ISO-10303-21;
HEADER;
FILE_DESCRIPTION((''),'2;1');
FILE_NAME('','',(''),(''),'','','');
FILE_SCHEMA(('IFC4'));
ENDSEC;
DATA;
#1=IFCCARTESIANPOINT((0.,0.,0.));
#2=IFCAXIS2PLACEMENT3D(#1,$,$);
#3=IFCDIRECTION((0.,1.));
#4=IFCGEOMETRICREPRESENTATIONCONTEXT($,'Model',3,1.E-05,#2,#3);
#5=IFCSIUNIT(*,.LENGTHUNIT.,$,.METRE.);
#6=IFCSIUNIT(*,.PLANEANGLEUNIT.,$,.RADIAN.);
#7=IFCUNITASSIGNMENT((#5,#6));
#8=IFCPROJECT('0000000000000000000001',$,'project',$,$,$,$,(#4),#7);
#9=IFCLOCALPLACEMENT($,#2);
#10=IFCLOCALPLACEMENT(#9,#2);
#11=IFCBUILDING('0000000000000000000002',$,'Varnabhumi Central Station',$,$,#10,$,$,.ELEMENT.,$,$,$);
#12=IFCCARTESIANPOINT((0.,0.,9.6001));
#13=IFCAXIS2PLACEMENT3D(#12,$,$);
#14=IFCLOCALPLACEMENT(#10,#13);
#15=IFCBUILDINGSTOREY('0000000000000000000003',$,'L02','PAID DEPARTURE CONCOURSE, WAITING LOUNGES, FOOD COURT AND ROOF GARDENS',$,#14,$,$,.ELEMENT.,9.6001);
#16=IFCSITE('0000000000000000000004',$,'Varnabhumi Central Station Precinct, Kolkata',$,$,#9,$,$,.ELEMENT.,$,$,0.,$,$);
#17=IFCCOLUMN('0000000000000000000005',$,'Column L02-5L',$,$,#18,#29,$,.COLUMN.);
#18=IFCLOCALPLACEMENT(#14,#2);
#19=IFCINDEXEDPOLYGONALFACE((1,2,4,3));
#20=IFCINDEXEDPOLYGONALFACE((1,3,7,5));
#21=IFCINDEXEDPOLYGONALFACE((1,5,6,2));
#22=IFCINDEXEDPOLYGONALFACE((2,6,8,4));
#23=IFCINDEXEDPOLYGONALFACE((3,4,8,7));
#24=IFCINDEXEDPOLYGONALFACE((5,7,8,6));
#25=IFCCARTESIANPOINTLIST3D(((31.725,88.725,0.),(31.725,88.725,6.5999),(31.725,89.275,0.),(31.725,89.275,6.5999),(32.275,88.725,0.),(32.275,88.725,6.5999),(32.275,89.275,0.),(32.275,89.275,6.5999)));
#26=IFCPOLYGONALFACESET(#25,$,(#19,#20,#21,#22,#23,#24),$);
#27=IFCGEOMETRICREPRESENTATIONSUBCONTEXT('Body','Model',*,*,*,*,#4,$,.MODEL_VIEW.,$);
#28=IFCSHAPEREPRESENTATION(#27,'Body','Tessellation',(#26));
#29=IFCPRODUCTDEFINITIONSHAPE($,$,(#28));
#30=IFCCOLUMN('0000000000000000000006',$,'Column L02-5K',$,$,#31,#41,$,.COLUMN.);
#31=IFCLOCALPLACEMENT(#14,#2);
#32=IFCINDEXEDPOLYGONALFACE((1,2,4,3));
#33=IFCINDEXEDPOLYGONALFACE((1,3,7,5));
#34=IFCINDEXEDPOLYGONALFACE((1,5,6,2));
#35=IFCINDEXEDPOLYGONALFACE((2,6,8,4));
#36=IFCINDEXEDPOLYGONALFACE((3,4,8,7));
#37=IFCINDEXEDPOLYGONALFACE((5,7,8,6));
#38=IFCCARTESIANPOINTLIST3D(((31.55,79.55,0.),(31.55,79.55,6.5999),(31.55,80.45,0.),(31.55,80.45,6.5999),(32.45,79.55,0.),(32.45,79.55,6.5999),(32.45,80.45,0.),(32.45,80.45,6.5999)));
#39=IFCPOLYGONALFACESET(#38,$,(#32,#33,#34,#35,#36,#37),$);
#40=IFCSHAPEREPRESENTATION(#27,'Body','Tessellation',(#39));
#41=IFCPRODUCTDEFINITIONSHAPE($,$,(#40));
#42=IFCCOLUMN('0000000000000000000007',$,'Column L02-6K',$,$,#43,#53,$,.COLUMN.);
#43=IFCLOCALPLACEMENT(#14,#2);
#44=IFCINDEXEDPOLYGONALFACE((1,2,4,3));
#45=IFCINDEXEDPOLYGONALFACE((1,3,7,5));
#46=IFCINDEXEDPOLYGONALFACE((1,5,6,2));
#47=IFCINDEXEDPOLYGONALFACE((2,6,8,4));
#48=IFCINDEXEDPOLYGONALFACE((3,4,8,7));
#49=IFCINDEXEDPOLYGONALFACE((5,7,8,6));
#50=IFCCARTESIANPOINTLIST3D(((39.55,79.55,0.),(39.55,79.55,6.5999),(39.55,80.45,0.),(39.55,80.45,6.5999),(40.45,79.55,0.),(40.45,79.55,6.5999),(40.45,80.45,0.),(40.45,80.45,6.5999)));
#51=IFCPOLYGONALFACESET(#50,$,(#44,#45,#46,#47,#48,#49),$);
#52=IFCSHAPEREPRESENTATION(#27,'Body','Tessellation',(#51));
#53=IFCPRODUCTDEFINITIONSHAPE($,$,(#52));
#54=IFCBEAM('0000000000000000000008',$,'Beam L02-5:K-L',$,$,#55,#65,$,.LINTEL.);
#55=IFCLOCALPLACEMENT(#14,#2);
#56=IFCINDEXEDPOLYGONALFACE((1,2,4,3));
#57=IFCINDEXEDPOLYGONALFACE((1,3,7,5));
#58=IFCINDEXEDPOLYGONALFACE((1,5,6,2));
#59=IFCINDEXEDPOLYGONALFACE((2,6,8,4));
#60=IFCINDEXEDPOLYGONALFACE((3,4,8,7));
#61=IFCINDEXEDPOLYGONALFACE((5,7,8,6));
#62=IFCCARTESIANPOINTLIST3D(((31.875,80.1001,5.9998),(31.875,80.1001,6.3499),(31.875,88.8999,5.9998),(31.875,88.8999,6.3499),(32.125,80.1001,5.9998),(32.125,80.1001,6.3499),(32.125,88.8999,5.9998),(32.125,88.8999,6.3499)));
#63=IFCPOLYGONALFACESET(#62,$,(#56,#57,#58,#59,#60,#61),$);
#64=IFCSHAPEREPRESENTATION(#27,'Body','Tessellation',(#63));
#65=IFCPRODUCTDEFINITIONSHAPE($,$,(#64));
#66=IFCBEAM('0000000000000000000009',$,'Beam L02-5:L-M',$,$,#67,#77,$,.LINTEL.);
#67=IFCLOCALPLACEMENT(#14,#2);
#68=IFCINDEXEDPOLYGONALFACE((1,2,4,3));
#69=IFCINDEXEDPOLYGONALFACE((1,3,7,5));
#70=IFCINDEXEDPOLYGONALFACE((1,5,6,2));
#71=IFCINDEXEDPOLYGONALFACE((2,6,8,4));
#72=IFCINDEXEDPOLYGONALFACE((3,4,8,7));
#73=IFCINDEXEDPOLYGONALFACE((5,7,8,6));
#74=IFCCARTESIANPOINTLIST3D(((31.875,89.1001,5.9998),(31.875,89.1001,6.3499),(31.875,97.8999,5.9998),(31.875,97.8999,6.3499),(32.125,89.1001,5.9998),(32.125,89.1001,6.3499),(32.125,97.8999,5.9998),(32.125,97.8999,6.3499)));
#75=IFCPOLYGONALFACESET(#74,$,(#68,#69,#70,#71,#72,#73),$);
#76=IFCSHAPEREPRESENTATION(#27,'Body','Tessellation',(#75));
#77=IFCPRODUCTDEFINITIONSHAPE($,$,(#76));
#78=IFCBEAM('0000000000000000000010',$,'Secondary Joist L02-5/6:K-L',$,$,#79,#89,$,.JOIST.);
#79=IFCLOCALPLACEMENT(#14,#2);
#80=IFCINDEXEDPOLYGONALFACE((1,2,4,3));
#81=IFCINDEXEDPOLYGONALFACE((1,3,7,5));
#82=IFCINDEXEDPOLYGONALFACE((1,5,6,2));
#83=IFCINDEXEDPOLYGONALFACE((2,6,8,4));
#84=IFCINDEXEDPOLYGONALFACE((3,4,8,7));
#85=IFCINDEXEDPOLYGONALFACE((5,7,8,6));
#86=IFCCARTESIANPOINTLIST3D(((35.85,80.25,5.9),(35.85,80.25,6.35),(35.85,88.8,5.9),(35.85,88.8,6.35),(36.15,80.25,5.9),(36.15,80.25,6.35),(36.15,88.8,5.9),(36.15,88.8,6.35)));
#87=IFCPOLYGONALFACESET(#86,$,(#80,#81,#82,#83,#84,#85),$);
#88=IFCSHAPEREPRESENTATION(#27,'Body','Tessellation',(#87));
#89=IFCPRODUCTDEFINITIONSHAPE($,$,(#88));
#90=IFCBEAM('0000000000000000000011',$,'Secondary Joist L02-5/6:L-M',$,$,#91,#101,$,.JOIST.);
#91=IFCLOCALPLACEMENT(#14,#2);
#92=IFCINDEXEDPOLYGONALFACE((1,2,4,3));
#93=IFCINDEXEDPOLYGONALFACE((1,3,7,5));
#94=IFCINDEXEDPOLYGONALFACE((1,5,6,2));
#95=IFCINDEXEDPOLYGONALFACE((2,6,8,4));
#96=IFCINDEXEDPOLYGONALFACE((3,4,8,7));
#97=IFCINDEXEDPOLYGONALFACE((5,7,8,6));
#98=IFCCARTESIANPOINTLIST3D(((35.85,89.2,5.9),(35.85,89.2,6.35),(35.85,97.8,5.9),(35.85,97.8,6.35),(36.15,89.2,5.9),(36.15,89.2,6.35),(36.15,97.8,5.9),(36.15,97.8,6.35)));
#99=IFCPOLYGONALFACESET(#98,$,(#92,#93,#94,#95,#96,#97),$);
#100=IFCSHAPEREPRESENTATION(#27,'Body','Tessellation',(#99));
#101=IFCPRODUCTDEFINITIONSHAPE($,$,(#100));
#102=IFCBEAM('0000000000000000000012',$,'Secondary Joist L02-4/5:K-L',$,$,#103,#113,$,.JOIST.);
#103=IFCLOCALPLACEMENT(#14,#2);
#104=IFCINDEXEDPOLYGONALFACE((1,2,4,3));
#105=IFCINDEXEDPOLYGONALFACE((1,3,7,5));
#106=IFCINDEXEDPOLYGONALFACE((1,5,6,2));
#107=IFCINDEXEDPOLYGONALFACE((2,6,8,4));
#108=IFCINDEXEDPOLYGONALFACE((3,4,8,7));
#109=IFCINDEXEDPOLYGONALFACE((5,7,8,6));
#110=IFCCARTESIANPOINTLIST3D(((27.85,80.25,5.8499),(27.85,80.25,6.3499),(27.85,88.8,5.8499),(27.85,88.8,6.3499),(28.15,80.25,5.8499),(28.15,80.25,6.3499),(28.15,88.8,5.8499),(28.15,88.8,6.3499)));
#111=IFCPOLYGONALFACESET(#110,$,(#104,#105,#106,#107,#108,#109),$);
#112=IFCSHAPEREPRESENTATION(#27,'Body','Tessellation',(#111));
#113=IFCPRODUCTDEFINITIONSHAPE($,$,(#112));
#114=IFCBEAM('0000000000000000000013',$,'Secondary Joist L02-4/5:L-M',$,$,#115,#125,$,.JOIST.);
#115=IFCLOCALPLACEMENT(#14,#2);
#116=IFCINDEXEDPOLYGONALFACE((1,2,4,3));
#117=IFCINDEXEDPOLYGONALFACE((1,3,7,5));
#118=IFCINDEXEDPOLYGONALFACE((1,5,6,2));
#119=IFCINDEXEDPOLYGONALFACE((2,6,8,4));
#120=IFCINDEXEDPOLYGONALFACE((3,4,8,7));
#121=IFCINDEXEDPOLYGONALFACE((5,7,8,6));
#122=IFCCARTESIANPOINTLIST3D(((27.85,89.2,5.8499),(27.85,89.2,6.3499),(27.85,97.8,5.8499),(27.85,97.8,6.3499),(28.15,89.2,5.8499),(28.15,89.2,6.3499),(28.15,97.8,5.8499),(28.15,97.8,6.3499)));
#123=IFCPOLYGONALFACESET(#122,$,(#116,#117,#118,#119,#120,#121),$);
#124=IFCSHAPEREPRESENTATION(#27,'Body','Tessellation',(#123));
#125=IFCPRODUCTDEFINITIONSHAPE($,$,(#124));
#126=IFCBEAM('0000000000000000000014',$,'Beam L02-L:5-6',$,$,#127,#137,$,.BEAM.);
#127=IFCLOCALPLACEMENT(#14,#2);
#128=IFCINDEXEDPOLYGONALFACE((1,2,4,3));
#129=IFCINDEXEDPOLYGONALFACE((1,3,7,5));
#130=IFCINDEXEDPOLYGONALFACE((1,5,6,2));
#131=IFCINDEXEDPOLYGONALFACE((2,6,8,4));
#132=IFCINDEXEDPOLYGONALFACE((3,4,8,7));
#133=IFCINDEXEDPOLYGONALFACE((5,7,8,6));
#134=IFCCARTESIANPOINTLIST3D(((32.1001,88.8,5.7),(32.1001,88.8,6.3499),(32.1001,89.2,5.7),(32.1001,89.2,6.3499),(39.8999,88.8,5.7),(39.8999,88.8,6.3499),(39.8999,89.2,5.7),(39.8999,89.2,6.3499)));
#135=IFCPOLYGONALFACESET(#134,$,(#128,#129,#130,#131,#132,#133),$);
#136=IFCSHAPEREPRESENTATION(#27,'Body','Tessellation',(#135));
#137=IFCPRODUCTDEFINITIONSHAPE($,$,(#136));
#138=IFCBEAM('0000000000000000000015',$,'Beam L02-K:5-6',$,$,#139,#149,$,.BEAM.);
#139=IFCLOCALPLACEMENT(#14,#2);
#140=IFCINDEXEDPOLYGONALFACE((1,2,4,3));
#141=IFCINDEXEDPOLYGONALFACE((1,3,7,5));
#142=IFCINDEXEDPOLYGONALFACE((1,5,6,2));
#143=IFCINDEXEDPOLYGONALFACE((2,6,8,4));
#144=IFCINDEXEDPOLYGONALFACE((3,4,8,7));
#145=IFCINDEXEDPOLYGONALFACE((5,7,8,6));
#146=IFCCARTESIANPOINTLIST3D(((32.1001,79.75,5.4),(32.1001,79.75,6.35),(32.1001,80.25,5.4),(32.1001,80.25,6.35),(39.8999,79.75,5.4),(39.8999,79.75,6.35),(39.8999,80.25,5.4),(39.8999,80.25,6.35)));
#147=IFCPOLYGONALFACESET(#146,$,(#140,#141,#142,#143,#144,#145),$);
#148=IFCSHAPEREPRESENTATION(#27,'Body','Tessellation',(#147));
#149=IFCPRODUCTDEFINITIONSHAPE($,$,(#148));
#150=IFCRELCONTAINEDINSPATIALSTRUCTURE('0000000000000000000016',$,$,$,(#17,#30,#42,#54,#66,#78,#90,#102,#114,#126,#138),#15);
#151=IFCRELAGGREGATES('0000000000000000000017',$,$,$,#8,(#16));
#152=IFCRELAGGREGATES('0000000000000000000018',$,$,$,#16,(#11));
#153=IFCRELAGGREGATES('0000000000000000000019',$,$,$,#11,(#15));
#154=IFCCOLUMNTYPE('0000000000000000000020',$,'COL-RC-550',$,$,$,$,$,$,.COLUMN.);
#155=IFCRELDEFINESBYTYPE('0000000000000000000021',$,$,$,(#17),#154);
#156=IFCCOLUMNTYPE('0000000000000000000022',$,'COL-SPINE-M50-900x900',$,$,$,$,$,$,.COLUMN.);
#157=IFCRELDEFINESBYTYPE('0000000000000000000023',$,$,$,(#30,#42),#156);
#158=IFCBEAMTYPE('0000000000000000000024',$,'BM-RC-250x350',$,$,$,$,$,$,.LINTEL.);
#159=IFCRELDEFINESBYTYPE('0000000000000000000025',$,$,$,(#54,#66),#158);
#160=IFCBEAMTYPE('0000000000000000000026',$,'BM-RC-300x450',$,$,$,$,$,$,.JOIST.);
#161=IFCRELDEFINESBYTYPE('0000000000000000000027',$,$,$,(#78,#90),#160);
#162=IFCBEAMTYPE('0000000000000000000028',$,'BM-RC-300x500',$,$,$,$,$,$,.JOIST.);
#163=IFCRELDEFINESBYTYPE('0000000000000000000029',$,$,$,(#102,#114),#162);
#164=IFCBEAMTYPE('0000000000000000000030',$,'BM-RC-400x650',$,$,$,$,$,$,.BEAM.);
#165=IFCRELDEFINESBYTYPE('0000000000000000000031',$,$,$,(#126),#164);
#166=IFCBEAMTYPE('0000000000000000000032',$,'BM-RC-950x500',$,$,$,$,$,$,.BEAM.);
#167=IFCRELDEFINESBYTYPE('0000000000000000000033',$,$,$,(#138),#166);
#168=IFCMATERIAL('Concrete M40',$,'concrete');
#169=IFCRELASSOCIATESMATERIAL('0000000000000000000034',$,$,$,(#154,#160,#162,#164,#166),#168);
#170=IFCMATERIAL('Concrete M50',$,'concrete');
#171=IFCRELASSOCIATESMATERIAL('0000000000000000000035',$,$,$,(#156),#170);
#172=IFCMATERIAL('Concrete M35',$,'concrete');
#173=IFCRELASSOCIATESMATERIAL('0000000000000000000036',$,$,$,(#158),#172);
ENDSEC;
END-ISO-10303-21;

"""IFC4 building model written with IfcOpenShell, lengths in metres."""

from ifc_helpers import new_model, si_unit, direction, frame, origin, origin_2d, place, context, subcontext, project, spatial, rectangle, extrude, material, material_profile, profile_set, type_object, element, save


model = new_model("IFC4")

# Units and contexts
model_context = context("Model", 3, precision=1e-05, world=origin(), true_north=direction((0.0, 1.0)))
body_context = subcontext(model_context, "Body", "Model", "MODEL_VIEW")
ifc_project = project(units=[si_unit("LENGTHUNIT", "METRE"), si_unit("PLANEANGLEUNIT", "RADIAN")], contexts=[model_context])

# Site, building, storey
site_placement = place(None, origin())
site = spatial("IfcSite", under=ifc_project, at=site_placement, Name="Varnabhumi Central Station Precinct, Kolkata", CompositionType="ELEMENT", RefElevation=0.0)
building_placement = place(site_placement, origin())
building = spatial("IfcBuilding", under=site, at=building_placement, Name="Varnabhumi Central Station", CompositionType="ELEMENT")
storey_placement = place(building_placement, frame((0.0, 0.0, 9.6001)))
storey = spatial("IfcBuildingStorey", under=building, at=storey_placement, Name="L02", Description="PAID DEPARTURE CONCOURSE, WAITING LOUNGES, FOOD COURT AND ROOF GARDENS", CompositionType="ELEMENT", Elevation=9.6001)

# Columns
ifc_material_1 = material(Name="Concrete M40", Category="concrete")
ifc_material_profile_1 = material_profile(ifc_material_1, rectangle(XDim=0.55, YDim=0.55, at=origin_2d()), Name="Concrete M40", Category="concrete")
ifc_profile_set_1 = profile_set([ifc_material_profile_1], Name="Concrete M40")
column_type_1 = type_object("IfcColumnType", Name="COL-RC-550", PredefinedType="COLUMN", material=ifc_profile_set_1)
column_placement = place(storey_placement, frame((32.0, 89.0, 0.0), z_axis=(0.0, 0.0, 1.0), x_axis=(1.0, 0.0, 0.0)))
element("IfcColumn", 1, at=column_placement, inside=storey, type_object=column_type_1, Name="Column L02-5L", PredefinedType="COLUMN", context=body_context, shape_type="SweptSolid", body=[
    extrude(rectangle(XDim=0.55, YDim=0.55, at=origin_2d()), origin(), (0.0, 0.0, 1.0), 6.5999),
])
ifc_material_2 = material(Name="Concrete M50", Category="concrete")
ifc_material_profile_2 = material_profile(ifc_material_2, rectangle(XDim=0.8999, YDim=0.8999, at=origin_2d()), Name="Concrete M50", Category="concrete")
ifc_profile_set_2 = profile_set([ifc_material_profile_2], Name="Concrete M50")
column_type_2 = type_object("IfcColumnType", Name="COL-SPINE-M50-900x900", PredefinedType="COLUMN", material=ifc_profile_set_2)
for number, where, z_axis, x_axis, name in (
    (2, (32.0, 80.0, 0.0), (0.0, 0.0, 1.0), (1.0, 0.0, 0.0), "Column L02-5K"),
    (3, (40.0, 80.0, 0.0), (0.0, 0.0, 1.0), (1.0, 0.0, 0.0), "Column L02-6K"),
):
    element("IfcColumn", number, at=place(storey_placement, frame(where, z_axis=z_axis, x_axis=x_axis)), inside=storey, type_object=column_type_2, Name=name, PredefinedType="COLUMN", context=body_context, shape_type="SweptSolid", body=[
        extrude(rectangle(XDim=0.8999, YDim=0.8999, at=origin_2d()), origin(), (0.0, 0.0, 1.0), 6.5999),
    ])

# Beams
ifc_material_3 = material(Name="Concrete M35", Category="concrete")
ifc_material_profile_3 = material_profile(ifc_material_3, rectangle(XDim=0.25, YDim=0.3501, at=origin_2d()), Name="Concrete M35", Category="concrete")
ifc_profile_set_3 = profile_set([ifc_material_profile_3], Name="Concrete M35")
beam_type_1 = type_object("IfcBeamType", Name="BM-RC-250x350", PredefinedType="LINTEL", material=ifc_profile_set_3)
for number, where, z_axis, x_axis, name in (
    (4, (32.0, 80.1001, 6.1748), (0.0, 1.0, 0.0), (-1.0, 0.0, 0.0), "Beam L02-5:K-L"),
    (5, (32.0, 89.1001, 6.1748), (0.0, 1.0, 0.0), (-1.0, 0.0, 0.0), "Beam L02-5:L-M"),
):
    element("IfcBeam", number, at=place(storey_placement, frame(where, z_axis=z_axis, x_axis=x_axis)), inside=storey, type_object=beam_type_1, Name=name, PredefinedType="LINTEL", context=body_context, shape_type="SweptSolid", body=[
        extrude(rectangle(XDim=0.25, YDim=0.3501, at=origin_2d()), origin(), (0.0, 0.0, 1.0), 8.7998),
    ])
ifc_material_profile_4 = material_profile(ifc_material_1, rectangle(XDim=0.3, YDim=0.45, at=origin_2d()), Name="Concrete M40", Category="concrete")
ifc_profile_set_4 = profile_set([ifc_material_profile_4], Name="Concrete M40")
beam_type_2 = type_object("IfcBeamType", Name="BM-RC-300x450", PredefinedType="JOIST", material=ifc_profile_set_4)
beam_1_placement = place(storey_placement, frame((36.0, 80.25, 6.125), z_axis=(0.0, 1.0, 0.0), x_axis=(-1.0, 0.0, 0.0)))
element("IfcBeam", 6, at=beam_1_placement, inside=storey, type_object=beam_type_2, Name="Secondary Joist L02-5/6:K-L", PredefinedType="JOIST", context=body_context, shape_type="SweptSolid", body=[
    extrude(rectangle(XDim=0.3, YDim=0.45, at=origin_2d()), origin(), (0.0, 0.0, 1.0), 8.55),
])
beam_2_placement = place(storey_placement, frame((36.0, 89.2, 6.125), z_axis=(0.0, 1.0, 0.0), x_axis=(-1.0, 0.0, 0.0)))
element("IfcBeam", 7, at=beam_2_placement, inside=storey, type_object=beam_type_2, Name="Secondary Joist L02-5/6:L-M", PredefinedType="JOIST", context=body_context, shape_type="SweptSolid", body=[
    extrude(rectangle(XDim=0.3, YDim=0.45, at=origin_2d()), origin(), (0.0, 0.0, 1.0), 8.6001),
])
ifc_material_profile_5 = material_profile(ifc_material_1, rectangle(XDim=0.3, YDim=0.5, at=origin_2d()), Name="Concrete M40", Category="concrete")
ifc_profile_set_5 = profile_set([ifc_material_profile_5], Name="Concrete M40")
beam_type_3 = type_object("IfcBeamType", Name="BM-RC-300x500", PredefinedType="JOIST", material=ifc_profile_set_5)
beam_3_placement = place(storey_placement, frame((28.0, 80.25, 6.0999), z_axis=(0.0, 1.0, 0.0), x_axis=(-1.0, 0.0, 0.0)))
element("IfcBeam", 8, at=beam_3_placement, inside=storey, type_object=beam_type_3, Name="Secondary Joist L02-4/5:K-L", PredefinedType="JOIST", context=body_context, shape_type="SweptSolid", body=[
    extrude(rectangle(XDim=0.3, YDim=0.5, at=origin_2d()), origin(), (0.0, 0.0, 1.0), 8.55),
])
beam_4_placement = place(storey_placement, frame((28.0, 89.2, 6.0999), z_axis=(0.0, 1.0, 0.0), x_axis=(-1.0, 0.0, 0.0)))
element("IfcBeam", 9, at=beam_4_placement, inside=storey, type_object=beam_type_3, Name="Secondary Joist L02-4/5:L-M", PredefinedType="JOIST", context=body_context, shape_type="SweptSolid", body=[
    extrude(rectangle(XDim=0.3, YDim=0.5, at=origin_2d()), origin(), (0.0, 0.0, 1.0), 8.6001),
])
ifc_material_profile_6 = material_profile(ifc_material_1, rectangle(XDim=0.3999, YDim=0.6499, at=origin_2d()), Name="Concrete M40", Category="concrete")
ifc_profile_set_6 = profile_set([ifc_material_profile_6], Name="Concrete M40")
beam_type_4 = type_object("IfcBeamType", Name="BM-RC-400x650", PredefinedType="BEAM", material=ifc_profile_set_6)
beam_5_placement = place(storey_placement, frame((32.1001, 89.0, 6.0249), z_axis=(1.0, 0.0, 0.0), x_axis=(0.0, 1.0, 0.0)))
element("IfcBeam", 10, at=beam_5_placement, inside=storey, type_object=beam_type_4, Name="Beam L02-L:5-6", PredefinedType="BEAM", context=body_context, shape_type="SweptSolid", body=[
    extrude(rectangle(XDim=0.3999, YDim=0.6499, at=origin_2d()), origin(), (0.0, 0.0, 1.0), 7.7998),
])
ifc_material_profile_7 = material_profile(ifc_material_1, rectangle(XDim=0.5, YDim=0.95, at=origin_2d()), Name="Concrete M40", Category="concrete")
ifc_profile_set_7 = profile_set([ifc_material_profile_7], Name="Concrete M40")
beam_type_5 = type_object("IfcBeamType", Name="BM-RC-950x500", PredefinedType="BEAM", material=ifc_profile_set_7)
beam_6_placement = place(storey_placement, frame((32.1001, 80.0, 5.875), z_axis=(1.0, 0.0, 0.0), x_axis=(0.0, 1.0, 0.0)))
element("IfcBeam", 11, at=beam_6_placement, inside=storey, type_object=beam_type_5, Name="Beam L02-K:5-6", PredefinedType="BEAM", context=body_context, shape_type="SweptSolid", body=[
    extrude(rectangle(XDim=0.5, YDim=0.95, at=origin_2d()), origin(), (0.0, 0.0, 1.0), 7.7998),
])

save(model, "model.ifc")
